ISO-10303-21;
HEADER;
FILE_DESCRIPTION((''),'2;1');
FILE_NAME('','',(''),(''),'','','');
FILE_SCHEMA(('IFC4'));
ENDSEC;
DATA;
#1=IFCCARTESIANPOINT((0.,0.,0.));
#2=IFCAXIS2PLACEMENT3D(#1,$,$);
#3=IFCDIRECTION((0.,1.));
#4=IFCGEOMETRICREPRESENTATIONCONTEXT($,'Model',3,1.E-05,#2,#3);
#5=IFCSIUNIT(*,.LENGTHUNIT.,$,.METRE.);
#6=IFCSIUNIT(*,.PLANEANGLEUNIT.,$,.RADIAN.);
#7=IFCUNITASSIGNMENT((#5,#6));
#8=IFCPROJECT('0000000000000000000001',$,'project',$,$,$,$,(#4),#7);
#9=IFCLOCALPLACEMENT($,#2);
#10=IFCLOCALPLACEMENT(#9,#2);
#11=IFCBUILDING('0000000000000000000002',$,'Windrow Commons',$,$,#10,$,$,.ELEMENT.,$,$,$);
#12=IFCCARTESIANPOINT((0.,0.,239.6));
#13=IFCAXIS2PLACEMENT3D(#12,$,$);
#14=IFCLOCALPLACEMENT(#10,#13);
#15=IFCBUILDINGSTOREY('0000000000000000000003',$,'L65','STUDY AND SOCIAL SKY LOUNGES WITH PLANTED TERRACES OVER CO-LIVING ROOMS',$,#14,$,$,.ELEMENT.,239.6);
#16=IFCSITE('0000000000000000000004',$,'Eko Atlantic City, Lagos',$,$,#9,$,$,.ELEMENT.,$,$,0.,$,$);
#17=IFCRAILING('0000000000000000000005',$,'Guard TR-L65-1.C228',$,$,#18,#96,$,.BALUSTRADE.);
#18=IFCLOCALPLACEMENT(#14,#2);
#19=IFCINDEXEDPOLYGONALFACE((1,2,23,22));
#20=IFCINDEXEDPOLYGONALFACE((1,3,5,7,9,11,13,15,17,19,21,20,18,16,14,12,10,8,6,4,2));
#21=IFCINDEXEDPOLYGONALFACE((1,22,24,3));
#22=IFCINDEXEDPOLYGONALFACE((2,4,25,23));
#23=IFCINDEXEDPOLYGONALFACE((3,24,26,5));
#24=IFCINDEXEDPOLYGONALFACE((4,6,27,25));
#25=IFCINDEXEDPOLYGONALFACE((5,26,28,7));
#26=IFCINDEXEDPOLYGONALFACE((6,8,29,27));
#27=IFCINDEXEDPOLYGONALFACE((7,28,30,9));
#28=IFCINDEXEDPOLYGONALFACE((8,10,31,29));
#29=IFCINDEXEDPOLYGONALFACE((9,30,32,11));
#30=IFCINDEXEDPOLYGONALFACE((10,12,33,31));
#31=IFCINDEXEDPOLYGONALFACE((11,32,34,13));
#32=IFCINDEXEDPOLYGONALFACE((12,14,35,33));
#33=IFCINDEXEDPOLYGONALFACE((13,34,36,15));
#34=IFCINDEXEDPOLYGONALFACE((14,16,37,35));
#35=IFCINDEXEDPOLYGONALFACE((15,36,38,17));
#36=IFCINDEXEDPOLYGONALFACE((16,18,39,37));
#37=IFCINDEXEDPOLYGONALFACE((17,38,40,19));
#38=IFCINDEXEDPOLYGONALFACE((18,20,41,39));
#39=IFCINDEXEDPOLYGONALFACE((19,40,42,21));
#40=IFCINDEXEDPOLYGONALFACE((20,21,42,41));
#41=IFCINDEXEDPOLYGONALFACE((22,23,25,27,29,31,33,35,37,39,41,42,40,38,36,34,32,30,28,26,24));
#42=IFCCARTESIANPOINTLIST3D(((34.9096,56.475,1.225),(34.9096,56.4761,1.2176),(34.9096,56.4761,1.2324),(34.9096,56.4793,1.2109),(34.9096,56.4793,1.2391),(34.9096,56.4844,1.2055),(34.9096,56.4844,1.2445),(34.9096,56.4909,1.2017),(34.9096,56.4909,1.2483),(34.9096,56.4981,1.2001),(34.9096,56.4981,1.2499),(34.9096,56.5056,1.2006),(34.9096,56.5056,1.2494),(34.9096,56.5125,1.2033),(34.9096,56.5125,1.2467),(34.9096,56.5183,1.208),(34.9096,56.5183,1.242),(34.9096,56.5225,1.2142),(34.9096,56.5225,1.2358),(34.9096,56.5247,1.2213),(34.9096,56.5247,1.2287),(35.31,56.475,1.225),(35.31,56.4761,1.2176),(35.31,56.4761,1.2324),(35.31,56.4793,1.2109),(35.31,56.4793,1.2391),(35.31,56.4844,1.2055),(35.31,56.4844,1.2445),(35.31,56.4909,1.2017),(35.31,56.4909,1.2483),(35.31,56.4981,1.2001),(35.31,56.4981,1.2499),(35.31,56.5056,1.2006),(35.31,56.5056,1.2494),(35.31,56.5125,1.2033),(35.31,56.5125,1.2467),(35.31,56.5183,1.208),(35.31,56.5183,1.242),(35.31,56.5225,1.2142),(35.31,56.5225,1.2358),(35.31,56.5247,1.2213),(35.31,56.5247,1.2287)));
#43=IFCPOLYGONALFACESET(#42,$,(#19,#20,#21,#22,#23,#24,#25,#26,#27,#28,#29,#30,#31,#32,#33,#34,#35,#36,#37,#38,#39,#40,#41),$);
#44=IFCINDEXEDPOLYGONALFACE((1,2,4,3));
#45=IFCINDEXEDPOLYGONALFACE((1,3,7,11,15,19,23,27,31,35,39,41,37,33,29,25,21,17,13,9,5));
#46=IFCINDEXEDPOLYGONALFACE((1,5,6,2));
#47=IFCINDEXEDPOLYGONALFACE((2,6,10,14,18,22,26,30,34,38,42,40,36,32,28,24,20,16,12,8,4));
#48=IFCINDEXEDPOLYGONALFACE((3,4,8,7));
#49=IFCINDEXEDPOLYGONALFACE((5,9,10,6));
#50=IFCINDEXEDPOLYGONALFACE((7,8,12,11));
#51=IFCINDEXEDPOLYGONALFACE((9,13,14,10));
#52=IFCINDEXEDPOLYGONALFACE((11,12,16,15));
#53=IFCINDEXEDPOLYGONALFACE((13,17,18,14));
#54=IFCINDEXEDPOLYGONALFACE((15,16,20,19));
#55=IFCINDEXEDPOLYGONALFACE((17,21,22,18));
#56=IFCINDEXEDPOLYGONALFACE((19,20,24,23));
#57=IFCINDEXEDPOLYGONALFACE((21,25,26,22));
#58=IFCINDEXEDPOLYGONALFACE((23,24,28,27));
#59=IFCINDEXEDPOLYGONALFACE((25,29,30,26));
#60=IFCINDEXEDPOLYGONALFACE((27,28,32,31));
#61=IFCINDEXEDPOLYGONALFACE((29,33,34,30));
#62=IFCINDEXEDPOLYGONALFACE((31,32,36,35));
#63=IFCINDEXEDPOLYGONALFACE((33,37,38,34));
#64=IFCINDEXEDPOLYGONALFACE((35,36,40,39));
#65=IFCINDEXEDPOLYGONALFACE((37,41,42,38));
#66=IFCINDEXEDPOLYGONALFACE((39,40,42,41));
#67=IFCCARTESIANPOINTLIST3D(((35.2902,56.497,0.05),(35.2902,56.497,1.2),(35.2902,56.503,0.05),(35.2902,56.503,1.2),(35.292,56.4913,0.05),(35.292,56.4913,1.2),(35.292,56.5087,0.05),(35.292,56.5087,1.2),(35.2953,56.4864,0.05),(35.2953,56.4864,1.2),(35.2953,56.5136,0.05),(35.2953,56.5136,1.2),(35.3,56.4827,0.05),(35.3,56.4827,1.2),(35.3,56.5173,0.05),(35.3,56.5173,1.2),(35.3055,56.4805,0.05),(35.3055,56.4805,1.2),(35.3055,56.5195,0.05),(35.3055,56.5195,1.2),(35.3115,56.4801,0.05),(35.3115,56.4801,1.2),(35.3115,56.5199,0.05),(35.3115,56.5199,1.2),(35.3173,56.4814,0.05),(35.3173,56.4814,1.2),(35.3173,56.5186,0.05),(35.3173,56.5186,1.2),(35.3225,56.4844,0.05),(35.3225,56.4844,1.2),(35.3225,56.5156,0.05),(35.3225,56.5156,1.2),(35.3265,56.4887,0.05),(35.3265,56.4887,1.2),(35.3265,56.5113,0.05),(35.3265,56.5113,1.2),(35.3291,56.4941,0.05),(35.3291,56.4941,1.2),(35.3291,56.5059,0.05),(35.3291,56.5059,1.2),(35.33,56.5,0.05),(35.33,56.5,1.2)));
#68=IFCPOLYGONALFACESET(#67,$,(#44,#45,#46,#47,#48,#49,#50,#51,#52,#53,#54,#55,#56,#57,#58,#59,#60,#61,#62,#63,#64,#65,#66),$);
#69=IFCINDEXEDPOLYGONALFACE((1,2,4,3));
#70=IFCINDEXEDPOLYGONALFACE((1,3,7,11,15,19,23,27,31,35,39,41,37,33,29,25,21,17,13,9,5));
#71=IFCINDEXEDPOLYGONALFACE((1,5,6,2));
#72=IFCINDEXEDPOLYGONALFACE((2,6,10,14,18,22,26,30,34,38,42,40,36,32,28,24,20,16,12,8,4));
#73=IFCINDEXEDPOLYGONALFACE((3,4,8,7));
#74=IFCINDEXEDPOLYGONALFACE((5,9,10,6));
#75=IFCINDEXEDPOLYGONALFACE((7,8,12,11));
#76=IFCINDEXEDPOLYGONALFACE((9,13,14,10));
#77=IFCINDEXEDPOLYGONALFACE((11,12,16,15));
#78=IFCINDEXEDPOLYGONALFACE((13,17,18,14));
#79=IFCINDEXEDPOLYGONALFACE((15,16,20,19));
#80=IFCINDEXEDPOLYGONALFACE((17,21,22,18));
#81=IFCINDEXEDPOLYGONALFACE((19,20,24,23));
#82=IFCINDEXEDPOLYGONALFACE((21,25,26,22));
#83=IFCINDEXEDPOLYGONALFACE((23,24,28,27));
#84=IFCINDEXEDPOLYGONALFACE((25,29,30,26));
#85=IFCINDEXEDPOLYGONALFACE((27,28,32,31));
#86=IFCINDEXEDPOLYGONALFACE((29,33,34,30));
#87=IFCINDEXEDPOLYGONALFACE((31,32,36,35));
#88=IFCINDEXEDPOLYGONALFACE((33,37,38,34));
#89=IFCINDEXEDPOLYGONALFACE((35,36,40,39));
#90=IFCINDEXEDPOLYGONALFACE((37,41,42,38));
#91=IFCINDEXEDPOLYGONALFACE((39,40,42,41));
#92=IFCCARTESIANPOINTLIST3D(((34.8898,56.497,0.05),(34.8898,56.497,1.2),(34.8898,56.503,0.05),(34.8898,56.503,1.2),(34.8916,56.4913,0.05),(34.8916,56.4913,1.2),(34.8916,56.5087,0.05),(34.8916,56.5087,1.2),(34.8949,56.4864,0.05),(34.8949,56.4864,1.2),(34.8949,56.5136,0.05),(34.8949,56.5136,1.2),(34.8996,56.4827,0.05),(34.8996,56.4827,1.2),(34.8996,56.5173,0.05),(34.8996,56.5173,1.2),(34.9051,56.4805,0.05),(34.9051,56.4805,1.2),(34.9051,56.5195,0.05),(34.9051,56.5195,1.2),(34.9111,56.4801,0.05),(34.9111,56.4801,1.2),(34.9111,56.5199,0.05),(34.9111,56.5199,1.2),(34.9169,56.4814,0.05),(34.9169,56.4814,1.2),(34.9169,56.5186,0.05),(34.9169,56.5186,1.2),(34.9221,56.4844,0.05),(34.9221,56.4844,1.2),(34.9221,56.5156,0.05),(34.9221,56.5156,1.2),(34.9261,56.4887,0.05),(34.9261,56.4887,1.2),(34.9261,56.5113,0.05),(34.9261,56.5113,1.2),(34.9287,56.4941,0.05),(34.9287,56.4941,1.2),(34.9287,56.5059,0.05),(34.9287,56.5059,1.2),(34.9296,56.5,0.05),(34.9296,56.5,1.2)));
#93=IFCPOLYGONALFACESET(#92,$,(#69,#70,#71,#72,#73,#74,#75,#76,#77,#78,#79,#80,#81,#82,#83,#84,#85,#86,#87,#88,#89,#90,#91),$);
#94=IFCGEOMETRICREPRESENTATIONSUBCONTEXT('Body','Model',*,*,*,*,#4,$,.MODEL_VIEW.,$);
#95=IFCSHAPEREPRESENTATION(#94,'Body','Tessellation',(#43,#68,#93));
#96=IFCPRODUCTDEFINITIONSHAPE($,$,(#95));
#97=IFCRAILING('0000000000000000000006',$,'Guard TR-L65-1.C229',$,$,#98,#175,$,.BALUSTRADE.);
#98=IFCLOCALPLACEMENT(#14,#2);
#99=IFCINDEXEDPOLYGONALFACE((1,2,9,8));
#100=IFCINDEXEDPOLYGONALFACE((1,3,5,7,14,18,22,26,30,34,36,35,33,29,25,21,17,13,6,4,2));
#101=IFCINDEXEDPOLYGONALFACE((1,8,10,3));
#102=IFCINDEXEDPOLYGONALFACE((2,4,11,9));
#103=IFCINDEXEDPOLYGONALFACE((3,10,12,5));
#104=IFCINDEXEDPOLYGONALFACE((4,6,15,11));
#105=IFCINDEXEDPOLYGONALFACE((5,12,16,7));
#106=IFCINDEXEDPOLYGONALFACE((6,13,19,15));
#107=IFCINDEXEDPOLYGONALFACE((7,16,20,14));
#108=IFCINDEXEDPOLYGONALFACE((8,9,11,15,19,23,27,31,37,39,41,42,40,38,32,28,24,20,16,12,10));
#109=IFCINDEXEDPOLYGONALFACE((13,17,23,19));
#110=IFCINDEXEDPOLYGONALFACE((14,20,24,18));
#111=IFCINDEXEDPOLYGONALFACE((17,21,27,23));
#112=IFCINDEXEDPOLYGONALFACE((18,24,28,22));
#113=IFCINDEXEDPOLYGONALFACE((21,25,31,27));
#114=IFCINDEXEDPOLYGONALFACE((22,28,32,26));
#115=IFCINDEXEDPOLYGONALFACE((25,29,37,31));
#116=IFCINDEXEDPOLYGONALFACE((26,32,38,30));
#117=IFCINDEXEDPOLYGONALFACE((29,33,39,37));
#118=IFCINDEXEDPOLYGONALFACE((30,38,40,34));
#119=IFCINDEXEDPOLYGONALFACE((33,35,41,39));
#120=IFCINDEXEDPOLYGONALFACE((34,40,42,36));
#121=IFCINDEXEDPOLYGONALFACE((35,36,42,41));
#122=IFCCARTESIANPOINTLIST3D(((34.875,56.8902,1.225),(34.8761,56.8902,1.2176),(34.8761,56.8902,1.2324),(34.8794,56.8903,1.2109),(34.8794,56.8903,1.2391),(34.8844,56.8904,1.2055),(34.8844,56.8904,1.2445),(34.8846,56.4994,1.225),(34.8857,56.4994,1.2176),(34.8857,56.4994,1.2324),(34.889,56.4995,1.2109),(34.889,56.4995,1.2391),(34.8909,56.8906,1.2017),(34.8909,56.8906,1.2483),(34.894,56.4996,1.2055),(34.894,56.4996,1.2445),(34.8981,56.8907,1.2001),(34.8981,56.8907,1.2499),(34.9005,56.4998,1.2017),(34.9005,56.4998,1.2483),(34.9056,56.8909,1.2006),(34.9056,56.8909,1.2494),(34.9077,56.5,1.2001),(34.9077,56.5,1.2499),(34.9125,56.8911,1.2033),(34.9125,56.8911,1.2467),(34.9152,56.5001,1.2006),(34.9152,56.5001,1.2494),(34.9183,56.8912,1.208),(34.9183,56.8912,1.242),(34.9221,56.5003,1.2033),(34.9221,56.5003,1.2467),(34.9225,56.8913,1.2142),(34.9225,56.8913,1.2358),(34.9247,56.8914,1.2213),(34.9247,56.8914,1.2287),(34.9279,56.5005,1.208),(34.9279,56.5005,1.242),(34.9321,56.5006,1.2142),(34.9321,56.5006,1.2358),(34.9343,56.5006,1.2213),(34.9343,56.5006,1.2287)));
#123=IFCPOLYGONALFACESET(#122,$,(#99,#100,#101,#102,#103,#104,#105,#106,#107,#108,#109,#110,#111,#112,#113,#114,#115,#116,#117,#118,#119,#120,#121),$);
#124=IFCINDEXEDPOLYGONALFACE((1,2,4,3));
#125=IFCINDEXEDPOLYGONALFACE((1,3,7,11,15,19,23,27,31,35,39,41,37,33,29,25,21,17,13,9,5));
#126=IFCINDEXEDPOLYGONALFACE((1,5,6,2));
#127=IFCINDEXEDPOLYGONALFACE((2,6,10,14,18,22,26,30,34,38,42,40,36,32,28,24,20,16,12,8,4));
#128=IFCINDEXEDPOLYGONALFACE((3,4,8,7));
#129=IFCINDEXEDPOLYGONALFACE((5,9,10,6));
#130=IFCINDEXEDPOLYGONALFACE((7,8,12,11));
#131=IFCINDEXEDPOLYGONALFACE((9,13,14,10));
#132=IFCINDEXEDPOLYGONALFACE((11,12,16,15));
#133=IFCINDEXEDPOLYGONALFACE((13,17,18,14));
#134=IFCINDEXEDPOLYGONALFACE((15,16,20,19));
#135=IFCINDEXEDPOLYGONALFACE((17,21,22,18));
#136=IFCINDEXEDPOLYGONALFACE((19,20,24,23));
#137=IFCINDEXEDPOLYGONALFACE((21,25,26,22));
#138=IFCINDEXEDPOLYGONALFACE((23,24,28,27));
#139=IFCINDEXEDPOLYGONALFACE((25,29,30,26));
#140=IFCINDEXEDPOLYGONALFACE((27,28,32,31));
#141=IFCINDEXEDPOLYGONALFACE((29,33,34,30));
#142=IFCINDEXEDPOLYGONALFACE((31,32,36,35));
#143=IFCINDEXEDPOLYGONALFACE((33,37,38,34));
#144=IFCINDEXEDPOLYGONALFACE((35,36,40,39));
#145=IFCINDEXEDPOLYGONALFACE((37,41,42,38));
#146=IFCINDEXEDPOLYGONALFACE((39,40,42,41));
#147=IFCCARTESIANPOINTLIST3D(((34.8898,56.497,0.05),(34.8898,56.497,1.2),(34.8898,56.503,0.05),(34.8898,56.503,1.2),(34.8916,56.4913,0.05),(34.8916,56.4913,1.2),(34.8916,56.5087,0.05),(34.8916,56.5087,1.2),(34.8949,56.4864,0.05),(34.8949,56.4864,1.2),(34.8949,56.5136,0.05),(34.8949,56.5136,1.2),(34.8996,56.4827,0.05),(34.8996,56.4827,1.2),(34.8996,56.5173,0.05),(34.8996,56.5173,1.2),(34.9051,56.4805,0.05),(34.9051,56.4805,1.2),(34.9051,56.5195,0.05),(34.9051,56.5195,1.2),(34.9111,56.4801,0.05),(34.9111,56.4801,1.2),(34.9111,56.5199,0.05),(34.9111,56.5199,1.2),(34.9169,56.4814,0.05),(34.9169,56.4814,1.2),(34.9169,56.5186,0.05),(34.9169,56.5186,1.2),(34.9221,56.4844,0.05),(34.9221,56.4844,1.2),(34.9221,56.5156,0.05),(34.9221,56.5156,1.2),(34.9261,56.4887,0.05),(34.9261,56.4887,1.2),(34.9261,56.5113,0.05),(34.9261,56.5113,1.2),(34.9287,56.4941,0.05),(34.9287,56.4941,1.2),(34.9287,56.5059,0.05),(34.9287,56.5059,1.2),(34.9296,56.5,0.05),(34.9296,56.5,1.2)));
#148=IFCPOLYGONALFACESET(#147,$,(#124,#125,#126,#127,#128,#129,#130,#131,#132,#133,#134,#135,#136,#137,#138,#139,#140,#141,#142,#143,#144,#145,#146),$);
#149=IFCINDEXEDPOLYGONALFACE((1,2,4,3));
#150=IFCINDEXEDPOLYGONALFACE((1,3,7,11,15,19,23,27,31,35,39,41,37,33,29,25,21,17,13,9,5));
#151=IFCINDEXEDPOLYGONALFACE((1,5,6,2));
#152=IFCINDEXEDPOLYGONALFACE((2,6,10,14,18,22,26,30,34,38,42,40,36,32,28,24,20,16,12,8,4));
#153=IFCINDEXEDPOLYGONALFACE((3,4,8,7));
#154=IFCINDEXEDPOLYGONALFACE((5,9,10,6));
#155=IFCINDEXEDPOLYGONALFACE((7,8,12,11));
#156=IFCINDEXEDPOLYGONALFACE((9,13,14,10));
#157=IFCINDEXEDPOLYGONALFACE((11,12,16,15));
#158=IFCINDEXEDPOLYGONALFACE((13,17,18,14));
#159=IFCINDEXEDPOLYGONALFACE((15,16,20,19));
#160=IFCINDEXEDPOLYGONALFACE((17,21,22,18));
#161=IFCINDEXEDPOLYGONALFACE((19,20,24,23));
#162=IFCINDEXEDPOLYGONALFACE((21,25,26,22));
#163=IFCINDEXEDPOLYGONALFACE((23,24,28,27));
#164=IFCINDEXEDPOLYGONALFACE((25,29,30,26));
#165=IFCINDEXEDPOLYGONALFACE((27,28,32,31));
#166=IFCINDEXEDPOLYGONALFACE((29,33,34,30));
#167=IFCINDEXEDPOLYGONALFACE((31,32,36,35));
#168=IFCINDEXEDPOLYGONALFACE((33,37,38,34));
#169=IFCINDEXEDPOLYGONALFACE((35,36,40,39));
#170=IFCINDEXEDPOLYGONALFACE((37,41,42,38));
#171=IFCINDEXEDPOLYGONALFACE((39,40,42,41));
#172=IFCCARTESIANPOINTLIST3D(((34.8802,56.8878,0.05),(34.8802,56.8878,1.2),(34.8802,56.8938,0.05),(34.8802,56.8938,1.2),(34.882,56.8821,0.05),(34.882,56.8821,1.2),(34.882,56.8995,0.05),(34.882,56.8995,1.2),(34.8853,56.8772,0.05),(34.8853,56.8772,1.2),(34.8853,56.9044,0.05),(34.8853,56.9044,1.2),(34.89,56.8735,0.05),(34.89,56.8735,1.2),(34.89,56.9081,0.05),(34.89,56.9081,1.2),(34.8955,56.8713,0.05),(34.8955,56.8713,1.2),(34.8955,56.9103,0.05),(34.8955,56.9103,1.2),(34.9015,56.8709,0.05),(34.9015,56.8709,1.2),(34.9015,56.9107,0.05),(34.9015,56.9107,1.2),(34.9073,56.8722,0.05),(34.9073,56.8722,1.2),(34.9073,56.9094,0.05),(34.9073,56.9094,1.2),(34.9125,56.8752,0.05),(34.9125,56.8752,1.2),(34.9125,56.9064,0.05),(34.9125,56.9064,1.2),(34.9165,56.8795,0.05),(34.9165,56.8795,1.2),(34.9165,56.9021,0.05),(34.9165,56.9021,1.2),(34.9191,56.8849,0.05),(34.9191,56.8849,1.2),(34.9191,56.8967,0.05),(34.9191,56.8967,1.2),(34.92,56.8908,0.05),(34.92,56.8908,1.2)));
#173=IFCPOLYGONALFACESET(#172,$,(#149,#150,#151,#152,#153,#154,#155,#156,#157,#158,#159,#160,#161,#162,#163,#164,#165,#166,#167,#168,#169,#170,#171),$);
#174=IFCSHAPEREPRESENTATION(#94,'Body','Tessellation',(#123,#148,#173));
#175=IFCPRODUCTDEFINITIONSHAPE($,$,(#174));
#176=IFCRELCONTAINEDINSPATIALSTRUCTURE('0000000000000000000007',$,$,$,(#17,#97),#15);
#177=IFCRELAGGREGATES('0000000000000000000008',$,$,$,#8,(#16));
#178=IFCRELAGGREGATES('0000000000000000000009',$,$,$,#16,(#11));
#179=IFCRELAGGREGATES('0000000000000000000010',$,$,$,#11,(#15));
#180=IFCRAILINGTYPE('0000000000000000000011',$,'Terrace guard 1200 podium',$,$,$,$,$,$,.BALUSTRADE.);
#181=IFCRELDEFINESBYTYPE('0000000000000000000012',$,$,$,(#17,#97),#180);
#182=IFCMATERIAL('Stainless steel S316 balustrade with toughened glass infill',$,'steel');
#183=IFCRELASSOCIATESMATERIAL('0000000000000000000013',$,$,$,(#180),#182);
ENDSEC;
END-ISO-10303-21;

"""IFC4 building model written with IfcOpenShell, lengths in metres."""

from ifc_helpers import new_model, si_unit, direction, frame, origin, origin_2d, place, context, subcontext, project, spatial, circle, extrude, material, type_object, element, save


model = new_model("IFC4")

# Units and contexts
model_context = context("Model", 3, precision=1e-05, world=origin(), true_north=direction((0.0, 1.0)))
body_context = subcontext(model_context, "Body", "Model", "MODEL_VIEW")
ifc_project = project(units=[si_unit("LENGTHUNIT", "METRE"), si_unit("PLANEANGLEUNIT", "RADIAN")], contexts=[model_context])

# Site, building, storey
site_placement = place(None, origin())
site = spatial("IfcSite", under=ifc_project, at=site_placement, Name="Eko Atlantic City, Lagos", CompositionType="ELEMENT", RefElevation=0.0)
building_placement = place(site_placement, origin())
building = spatial("IfcBuilding", under=site, at=building_placement, Name="Windrow Commons", CompositionType="ELEMENT")
storey_placement = place(building_placement, frame((0.0, 0.0, 239.6)))
storey = spatial("IfcBuildingStorey", under=building, at=storey_placement, Name="L65", Description="STUDY AND SOCIAL SKY LOUNGES WITH PLANTED TERRACES OVER CO-LIVING ROOMS", CompositionType="ELEMENT", Elevation=239.6)

# Railings
ifc_material_1 = material(Name="Stainless steel S316 balustrade with toughened glass infill", Category="steel")
railing_type = type_object("IfcRailingType", Name="Terrace guard 1200 podium", PredefinedType="BALUSTRADE", material=ifc_material_1)
railing_1_placement = place(storey_placement, frame((35.31, 56.5, 0.05)))
element("IfcRailing", 1, at=railing_1_placement, inside=storey, type_object=railing_type, Name="Guard TR-L65-1.C228", PredefinedType="BALUSTRADE", context=body_context, shape_type="SweptSolid", body=[
    extrude(circle(Radius=0.025, at=origin_2d()), frame((0.0, 0.0, 1.175), z_axis=(-1.0, 0.0, 0.0), x_axis=(0.0, -1.0, 0.0)), (0.0, 0.0, 1.0), 0.4004),
    extrude(circle(Radius=0.02, at=origin_2d()), origin(), (0.0, 0.0, 1.0), 1.15),
    extrude(circle(Radius=0.02, at=origin_2d()), frame((-0.4004, 0.0, 0.0)), (0.0, 0.0, 1.0), 1.15),
])
railing_2_placement = place(storey_placement, frame((34.9096, 56.5, 0.05)))
element("IfcRailing", 2, at=railing_2_placement, inside=storey, type_object=railing_type, Name="Guard TR-L65-1.C229", PredefinedType="BALUSTRADE", context=body_context, shape_type="SweptSolid", body=[
    extrude(circle(Radius=0.025, at=origin_2d()), frame((0.0, 0.0, 1.175), z_axis=(-0.024558, 0.999698, 0.0), x_axis=(-0.999698, -0.024558, 0.0)), (0.0, 0.0, 1.0), 0.3909),
    extrude(circle(Radius=0.02, at=origin_2d()), origin(), (0.0, 0.0, 1.0), 1.15),
    extrude(circle(Radius=0.02, at=origin_2d()), frame((-0.0096, 0.3908, 0.0)), (0.0, 0.0, 1.0), 1.15),
])

save(model, "model.ifc")
